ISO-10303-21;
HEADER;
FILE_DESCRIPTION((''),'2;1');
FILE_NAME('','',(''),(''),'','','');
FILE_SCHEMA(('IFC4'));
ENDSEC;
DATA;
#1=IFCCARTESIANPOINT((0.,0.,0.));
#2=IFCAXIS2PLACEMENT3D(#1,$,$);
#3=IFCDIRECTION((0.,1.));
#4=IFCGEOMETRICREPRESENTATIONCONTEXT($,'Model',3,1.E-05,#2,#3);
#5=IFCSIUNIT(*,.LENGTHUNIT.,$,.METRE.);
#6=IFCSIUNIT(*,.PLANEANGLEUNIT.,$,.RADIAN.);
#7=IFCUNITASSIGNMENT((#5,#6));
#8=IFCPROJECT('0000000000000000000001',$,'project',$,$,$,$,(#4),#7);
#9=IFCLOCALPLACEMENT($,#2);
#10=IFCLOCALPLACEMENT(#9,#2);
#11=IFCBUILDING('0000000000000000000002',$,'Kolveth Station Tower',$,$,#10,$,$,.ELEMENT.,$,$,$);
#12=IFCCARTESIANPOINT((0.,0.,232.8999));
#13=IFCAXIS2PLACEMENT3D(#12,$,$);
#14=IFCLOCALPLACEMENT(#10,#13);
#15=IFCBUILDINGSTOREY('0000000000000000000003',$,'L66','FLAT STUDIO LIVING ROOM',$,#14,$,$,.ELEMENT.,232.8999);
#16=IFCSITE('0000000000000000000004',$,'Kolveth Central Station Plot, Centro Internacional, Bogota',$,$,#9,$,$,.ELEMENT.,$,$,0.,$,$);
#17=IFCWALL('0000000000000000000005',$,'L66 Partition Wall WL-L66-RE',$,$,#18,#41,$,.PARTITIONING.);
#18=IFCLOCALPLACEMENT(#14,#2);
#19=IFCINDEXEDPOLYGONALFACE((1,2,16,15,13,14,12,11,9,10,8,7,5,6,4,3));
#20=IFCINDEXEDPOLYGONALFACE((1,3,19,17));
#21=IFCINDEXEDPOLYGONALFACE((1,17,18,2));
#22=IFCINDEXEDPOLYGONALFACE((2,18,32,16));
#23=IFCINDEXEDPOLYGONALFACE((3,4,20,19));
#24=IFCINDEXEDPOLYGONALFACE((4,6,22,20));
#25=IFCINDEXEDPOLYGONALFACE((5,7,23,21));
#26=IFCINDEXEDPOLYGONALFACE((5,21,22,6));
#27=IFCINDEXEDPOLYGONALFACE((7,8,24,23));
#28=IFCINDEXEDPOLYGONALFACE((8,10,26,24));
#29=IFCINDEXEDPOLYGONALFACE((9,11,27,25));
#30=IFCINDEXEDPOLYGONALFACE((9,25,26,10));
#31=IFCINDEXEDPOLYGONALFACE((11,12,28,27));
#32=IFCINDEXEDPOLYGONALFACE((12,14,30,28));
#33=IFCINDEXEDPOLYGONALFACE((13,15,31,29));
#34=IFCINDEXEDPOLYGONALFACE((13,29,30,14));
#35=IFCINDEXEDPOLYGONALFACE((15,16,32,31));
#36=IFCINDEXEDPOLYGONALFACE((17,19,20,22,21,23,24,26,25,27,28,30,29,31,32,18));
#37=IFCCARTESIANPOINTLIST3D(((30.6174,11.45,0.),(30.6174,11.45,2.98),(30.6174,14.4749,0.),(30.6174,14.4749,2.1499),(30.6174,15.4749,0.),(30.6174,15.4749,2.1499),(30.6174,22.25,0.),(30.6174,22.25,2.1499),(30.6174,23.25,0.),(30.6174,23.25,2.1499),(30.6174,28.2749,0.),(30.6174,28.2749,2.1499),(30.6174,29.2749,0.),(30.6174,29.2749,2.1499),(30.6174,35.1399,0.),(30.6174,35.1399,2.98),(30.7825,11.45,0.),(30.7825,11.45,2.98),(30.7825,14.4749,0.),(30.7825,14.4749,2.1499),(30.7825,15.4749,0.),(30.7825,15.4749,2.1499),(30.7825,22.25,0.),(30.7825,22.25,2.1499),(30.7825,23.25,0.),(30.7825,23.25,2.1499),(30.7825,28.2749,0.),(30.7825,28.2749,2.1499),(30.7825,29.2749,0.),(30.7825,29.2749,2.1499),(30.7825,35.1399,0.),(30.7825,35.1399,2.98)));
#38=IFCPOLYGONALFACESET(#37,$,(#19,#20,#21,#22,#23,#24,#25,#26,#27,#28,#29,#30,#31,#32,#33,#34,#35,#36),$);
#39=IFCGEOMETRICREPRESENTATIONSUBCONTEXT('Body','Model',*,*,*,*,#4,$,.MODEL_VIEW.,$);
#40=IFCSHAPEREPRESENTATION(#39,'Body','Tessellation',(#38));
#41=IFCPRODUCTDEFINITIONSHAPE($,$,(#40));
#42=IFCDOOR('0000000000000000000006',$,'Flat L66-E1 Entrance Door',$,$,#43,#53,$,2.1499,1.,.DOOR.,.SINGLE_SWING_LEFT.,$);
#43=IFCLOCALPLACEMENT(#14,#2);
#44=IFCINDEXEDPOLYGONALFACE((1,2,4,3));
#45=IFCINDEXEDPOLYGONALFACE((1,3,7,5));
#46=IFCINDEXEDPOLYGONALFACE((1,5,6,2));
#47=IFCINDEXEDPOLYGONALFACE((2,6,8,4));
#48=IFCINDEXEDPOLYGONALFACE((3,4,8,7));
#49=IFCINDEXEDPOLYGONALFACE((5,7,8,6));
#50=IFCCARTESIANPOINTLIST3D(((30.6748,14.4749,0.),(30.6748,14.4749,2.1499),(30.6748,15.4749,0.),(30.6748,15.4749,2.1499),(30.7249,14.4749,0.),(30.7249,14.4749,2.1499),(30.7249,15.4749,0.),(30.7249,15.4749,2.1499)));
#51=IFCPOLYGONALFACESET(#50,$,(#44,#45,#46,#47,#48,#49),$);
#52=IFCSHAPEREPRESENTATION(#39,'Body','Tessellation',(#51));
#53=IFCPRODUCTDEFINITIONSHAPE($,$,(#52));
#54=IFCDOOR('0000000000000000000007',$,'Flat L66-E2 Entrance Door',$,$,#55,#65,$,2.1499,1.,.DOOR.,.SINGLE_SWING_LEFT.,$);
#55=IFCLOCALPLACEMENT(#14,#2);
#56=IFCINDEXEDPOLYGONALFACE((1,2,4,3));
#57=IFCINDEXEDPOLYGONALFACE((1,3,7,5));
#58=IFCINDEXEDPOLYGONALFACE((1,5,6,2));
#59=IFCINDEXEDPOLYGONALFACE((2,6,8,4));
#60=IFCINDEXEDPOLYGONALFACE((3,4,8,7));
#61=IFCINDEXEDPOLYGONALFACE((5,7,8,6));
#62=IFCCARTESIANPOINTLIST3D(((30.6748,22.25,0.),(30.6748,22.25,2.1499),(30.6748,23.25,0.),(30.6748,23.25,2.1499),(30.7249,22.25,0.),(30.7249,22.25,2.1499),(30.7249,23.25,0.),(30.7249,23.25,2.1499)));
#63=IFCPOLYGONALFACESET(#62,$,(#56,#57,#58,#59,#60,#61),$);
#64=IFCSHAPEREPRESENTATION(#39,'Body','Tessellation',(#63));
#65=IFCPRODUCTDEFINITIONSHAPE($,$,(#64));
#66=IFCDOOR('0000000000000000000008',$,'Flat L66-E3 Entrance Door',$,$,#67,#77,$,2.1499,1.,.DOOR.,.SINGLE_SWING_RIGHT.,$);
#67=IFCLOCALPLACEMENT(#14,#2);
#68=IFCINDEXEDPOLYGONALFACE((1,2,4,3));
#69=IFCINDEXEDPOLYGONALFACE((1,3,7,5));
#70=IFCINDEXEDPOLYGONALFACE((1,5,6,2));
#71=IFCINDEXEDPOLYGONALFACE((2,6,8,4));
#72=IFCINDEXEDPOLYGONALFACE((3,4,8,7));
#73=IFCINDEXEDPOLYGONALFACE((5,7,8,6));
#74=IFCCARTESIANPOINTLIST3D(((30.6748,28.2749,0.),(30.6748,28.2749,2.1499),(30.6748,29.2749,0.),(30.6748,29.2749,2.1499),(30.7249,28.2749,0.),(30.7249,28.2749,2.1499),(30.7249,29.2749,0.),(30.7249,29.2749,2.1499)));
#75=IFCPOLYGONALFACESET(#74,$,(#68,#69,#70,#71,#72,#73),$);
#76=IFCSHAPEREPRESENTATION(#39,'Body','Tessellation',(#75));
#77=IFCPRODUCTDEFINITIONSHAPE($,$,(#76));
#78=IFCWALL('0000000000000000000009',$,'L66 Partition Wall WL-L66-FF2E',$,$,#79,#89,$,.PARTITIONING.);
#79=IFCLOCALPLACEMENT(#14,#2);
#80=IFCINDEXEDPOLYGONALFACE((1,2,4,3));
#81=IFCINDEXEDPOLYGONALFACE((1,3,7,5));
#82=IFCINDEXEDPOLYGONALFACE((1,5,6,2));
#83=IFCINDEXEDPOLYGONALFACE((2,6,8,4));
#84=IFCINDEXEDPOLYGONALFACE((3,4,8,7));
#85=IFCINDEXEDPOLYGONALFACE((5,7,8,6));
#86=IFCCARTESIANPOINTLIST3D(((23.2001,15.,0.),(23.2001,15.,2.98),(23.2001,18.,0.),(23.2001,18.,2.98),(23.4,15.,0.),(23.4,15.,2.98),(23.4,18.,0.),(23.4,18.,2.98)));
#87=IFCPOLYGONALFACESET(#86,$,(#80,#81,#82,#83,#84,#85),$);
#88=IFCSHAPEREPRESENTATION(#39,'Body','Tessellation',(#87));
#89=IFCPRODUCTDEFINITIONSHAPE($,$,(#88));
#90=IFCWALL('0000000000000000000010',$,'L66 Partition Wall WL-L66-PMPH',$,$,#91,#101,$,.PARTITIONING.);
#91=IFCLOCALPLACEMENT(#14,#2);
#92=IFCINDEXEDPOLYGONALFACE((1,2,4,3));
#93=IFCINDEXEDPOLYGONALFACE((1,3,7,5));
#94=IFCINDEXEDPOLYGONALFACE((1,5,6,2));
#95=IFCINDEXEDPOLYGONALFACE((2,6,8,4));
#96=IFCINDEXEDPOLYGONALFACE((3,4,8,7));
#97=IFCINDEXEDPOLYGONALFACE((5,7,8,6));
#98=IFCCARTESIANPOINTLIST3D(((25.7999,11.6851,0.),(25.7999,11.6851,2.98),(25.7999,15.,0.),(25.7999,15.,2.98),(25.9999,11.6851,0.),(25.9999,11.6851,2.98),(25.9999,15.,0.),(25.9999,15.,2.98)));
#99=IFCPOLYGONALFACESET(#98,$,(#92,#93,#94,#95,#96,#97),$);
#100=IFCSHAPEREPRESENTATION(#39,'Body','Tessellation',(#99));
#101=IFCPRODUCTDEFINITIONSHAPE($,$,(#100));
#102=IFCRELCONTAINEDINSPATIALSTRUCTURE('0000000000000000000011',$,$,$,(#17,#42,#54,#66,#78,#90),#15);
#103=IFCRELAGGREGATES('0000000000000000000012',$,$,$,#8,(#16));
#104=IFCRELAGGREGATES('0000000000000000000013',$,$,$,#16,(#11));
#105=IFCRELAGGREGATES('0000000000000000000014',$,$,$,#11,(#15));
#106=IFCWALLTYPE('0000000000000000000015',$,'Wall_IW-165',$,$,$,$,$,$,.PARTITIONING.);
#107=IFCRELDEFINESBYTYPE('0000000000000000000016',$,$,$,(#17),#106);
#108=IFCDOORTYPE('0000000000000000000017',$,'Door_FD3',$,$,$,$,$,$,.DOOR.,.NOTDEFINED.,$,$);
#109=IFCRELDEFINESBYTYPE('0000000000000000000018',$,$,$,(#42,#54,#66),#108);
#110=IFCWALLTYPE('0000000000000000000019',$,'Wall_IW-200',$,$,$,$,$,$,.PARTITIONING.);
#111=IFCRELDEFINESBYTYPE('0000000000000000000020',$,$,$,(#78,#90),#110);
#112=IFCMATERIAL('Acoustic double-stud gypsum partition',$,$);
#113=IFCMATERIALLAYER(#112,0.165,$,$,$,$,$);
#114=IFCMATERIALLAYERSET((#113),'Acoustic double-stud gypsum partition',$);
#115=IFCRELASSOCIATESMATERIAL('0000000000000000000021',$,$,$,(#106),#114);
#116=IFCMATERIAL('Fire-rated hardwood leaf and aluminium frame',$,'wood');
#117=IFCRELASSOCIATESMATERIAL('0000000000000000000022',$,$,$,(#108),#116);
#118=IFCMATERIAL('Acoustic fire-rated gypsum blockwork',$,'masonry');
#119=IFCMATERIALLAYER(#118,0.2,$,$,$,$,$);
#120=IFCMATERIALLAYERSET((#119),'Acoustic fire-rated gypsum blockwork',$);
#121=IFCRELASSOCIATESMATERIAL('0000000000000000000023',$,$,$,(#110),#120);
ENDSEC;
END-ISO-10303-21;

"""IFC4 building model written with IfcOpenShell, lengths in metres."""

from ifc_helpers import new_model, si_unit, direction, frame, frame_2d, origin, place, context, subcontext, project, spatial, rectangle, extrude, material, layer, layer_set, type_object, element, fill, save


model = new_model("IFC4")

# Units and contexts
model_context = context("Model", 3, precision=1e-05, world=origin(), true_north=direction((0.0, 1.0)))
body_context = subcontext(model_context, "Body", "Model", "MODEL_VIEW")
ifc_project = project(units=[si_unit("LENGTHUNIT", "METRE"), si_unit("PLANEANGLEUNIT", "RADIAN")], contexts=[model_context])

# Site, building, storey
site_placement = place(None, origin())
site = spatial("IfcSite", under=ifc_project, at=site_placement, Name="Kolveth Central Station Plot, Centro Internacional, Bogota", CompositionType="ELEMENT", RefElevation=0.0)
building_placement = place(site_placement, origin())
building = spatial("IfcBuilding", under=site, at=building_placement, Name="Kolveth Station Tower", CompositionType="ELEMENT")
storey_placement = place(building_placement, frame((0.0, 0.0, 232.8999)))
storey = spatial("IfcBuildingStorey", under=building, at=storey_placement, Name="L66", Description="FLAT STUDIO LIVING ROOM", CompositionType="ELEMENT", Elevation=232.8999)

# Shared definitions
ifc_material_1 = material(Name="Acoustic double-stud gypsum partition")
ifc_layer_1 = layer(ifc_material_1, 0.165)
ifc_layer_set_1 = layer_set([ifc_layer_1], Name="Acoustic double-stud gypsum partition")
wall_type_1 = type_object("IfcWallType", Name="Wall_IW-165", PredefinedType="PARTITIONING", material=ifc_layer_set_1)

# Wall, openings, doors
wall_1_placement = place(storey_placement, frame((30.7, 11.45, 0.0), z_axis=(0.0, 0.0, 1.0), x_axis=(0.0, 1.0, 0.0)))
wall_1 = element("IfcWall", 1, at=wall_1_placement, inside=storey, type_object=wall_type_1, Name="L66 Partition Wall WL-L66-RE", PredefinedType="PARTITIONING", context=body_context, shape_type="SweptSolid", body=[
    extrude(rectangle(XDim=23.6899, YDim=0.165, at=frame_2d((11.845, 0.0))), origin(), (0.0, 0.0, 1.0), 2.98),
])
opening_1_placement = place(wall_1_placement, frame((3.0249, 0.0, 0.0)))
opening_1 = element("IfcOpeningElement", 2, at=opening_1_placement, cuts=wall_1, PredefinedType="OPENING", context=body_context, shape_type="SweptSolid", body=[
    extrude(rectangle(XDim=1.0, YDim=2.1499, at=frame_2d((0.5, 1.075))), frame((0.0, 0.0925, 0.0), z_axis=(0.0, -1.0, 0.0), x_axis=(1.0, 0.0, 0.0)), (0.0, 0.0, 1.0), 0.1851),
])
opening_2_placement = place(wall_1_placement, frame((10.8, 0.0, 0.0)))
opening_2 = element("IfcOpeningElement", 3, at=opening_2_placement, cuts=wall_1, PredefinedType="OPENING", context=body_context, shape_type="SweptSolid", body=[
    extrude(rectangle(XDim=1.0, YDim=2.1499, at=frame_2d((0.5, 1.075))), frame((0.0, 0.0925, 0.0), z_axis=(0.0, -1.0, 0.0), x_axis=(1.0, 0.0, 0.0)), (0.0, 0.0, 1.0), 0.1851),
])
opening_3_placement = place(wall_1_placement, frame((16.825, 0.0, 0.0)))
opening_3 = element("IfcOpeningElement", 4, at=opening_3_placement, cuts=wall_1, PredefinedType="OPENING", context=body_context, shape_type="SweptSolid", body=[
    extrude(rectangle(XDim=1.0, YDim=2.1499, at=frame_2d((0.5, 1.075))), frame((0.0, 0.0925, 0.0), z_axis=(0.0, -1.0, 0.0), x_axis=(1.0, 0.0, 0.0)), (0.0, 0.0, 1.0), 0.1851),
])
ifc_material_2 = material(Name="Fire-rated hardwood leaf and aluminium frame", Category="wood")
door_type_1 = type_object("IfcDoorType", Name="Door_FD3", OperationType="NOTDEFINED", PredefinedType="DOOR", material=ifc_material_2)
door_1_placement = place(opening_1_placement, frame((1.0, 0.0, 0.0), z_axis=(0.0, 0.0, 1.0), x_axis=(-1.0, 0.0, 0.0)))
door_1 = element("IfcDoor", 5, at=door_1_placement, inside=storey, type_object=door_type_1, Name="Flat L66-E1 Entrance Door", OperationType="SINGLE_SWING_LEFT", OverallHeight=2.1499, OverallWidth=1.0, PredefinedType="DOOR", context=body_context, shape_type="SweptSolid", body=[
    extrude(rectangle(XDim=1.0, YDim=2.1499, at=frame_2d((0.5, 1.075))), frame((0.0, 0.0249, 0.0), z_axis=(0.0, -1.0, 0.0), x_axis=(1.0, 0.0, 0.0)), (0.0, 0.0, 1.0), 0.05),
])
fill(opening_1, door_1)
door_2_placement = place(opening_2_placement, frame((1.0, 0.0, 0.0), z_axis=(0.0, 0.0, 1.0), x_axis=(-1.0, 0.0, 0.0)))
door_2 = element("IfcDoor", 6, at=door_2_placement, inside=storey, type_object=door_type_1, Name="Flat L66-E2 Entrance Door", OperationType="SINGLE_SWING_LEFT", OverallHeight=2.1499, OverallWidth=1.0, PredefinedType="DOOR", context=body_context, shape_type="SweptSolid", body=[
    extrude(rectangle(XDim=1.0, YDim=2.1499, at=frame_2d((0.5, 1.075))), frame((0.0, 0.0249, 0.0), z_axis=(0.0, -1.0, 0.0), x_axis=(1.0, 0.0, 0.0)), (0.0, 0.0, 1.0), 0.05),
])
fill(opening_2, door_2)
door_3_placement = place(opening_3_placement, frame((1.0, 0.0, 0.0), z_axis=(0.0, 0.0, 1.0), x_axis=(-1.0, 0.0, 0.0)))
door_3 = element("IfcDoor", 7, at=door_3_placement, inside=storey, type_object=door_type_1, Name="Flat L66-E3 Entrance Door", OperationType="SINGLE_SWING_RIGHT", OverallHeight=2.1499, OverallWidth=1.0, PredefinedType="DOOR", context=body_context, shape_type="SweptSolid", body=[
    extrude(rectangle(XDim=1.0, YDim=2.1499, at=frame_2d((0.5, 1.075))), frame((0.0, 0.0249, 0.0), z_axis=(0.0, -1.0, 0.0), x_axis=(1.0, 0.0, 0.0)), (0.0, 0.0, 1.0), 0.05),
])
fill(opening_3, door_3)

# Walls
ifc_material_3 = material(Name="Acoustic fire-rated gypsum blockwork", Category="masonry")
ifc_layer_2 = layer(ifc_material_3, 0.2)
ifc_layer_set_2 = layer_set([ifc_layer_2], Name="Acoustic fire-rated gypsum blockwork")
wall_type_2 = type_object("IfcWallType", Name="Wall_IW-200", PredefinedType="PARTITIONING", material=ifc_layer_set_2)
wall_2_placement = place(storey_placement, frame((23.3, 15.0, 0.0), z_axis=(0.0, 0.0, 1.0), x_axis=(0.0, 1.0, 0.0)))
element("IfcWall", 8, at=wall_2_placement, inside=storey, type_object=wall_type_2, Name="L66 Partition Wall WL-L66-FF2E", PredefinedType="PARTITIONING", context=body_context, shape_type="SweptSolid", body=[
    extrude(rectangle(XDim=3.0, YDim=0.2, at=frame_2d((1.5, 0.0))), origin(), (0.0, 0.0, 1.0), 2.98),
])
wall_3_placement = place(storey_placement, frame((25.8999, 11.6851, 0.0), z_axis=(0.0, 0.0, 1.0), x_axis=(0.0, 1.0, 0.0)))
element("IfcWall", 9, at=wall_3_placement, inside=storey, type_object=wall_type_2, Name="L66 Partition Wall WL-L66-PMPH", PredefinedType="PARTITIONING", context=body_context, shape_type="SweptSolid", body=[
    extrude(rectangle(XDim=3.3149, YDim=0.2, at=frame_2d((1.6575, 0.0))), origin(), (0.0, 0.0, 1.0), 2.98),
])

save(model, "model.ifc")
